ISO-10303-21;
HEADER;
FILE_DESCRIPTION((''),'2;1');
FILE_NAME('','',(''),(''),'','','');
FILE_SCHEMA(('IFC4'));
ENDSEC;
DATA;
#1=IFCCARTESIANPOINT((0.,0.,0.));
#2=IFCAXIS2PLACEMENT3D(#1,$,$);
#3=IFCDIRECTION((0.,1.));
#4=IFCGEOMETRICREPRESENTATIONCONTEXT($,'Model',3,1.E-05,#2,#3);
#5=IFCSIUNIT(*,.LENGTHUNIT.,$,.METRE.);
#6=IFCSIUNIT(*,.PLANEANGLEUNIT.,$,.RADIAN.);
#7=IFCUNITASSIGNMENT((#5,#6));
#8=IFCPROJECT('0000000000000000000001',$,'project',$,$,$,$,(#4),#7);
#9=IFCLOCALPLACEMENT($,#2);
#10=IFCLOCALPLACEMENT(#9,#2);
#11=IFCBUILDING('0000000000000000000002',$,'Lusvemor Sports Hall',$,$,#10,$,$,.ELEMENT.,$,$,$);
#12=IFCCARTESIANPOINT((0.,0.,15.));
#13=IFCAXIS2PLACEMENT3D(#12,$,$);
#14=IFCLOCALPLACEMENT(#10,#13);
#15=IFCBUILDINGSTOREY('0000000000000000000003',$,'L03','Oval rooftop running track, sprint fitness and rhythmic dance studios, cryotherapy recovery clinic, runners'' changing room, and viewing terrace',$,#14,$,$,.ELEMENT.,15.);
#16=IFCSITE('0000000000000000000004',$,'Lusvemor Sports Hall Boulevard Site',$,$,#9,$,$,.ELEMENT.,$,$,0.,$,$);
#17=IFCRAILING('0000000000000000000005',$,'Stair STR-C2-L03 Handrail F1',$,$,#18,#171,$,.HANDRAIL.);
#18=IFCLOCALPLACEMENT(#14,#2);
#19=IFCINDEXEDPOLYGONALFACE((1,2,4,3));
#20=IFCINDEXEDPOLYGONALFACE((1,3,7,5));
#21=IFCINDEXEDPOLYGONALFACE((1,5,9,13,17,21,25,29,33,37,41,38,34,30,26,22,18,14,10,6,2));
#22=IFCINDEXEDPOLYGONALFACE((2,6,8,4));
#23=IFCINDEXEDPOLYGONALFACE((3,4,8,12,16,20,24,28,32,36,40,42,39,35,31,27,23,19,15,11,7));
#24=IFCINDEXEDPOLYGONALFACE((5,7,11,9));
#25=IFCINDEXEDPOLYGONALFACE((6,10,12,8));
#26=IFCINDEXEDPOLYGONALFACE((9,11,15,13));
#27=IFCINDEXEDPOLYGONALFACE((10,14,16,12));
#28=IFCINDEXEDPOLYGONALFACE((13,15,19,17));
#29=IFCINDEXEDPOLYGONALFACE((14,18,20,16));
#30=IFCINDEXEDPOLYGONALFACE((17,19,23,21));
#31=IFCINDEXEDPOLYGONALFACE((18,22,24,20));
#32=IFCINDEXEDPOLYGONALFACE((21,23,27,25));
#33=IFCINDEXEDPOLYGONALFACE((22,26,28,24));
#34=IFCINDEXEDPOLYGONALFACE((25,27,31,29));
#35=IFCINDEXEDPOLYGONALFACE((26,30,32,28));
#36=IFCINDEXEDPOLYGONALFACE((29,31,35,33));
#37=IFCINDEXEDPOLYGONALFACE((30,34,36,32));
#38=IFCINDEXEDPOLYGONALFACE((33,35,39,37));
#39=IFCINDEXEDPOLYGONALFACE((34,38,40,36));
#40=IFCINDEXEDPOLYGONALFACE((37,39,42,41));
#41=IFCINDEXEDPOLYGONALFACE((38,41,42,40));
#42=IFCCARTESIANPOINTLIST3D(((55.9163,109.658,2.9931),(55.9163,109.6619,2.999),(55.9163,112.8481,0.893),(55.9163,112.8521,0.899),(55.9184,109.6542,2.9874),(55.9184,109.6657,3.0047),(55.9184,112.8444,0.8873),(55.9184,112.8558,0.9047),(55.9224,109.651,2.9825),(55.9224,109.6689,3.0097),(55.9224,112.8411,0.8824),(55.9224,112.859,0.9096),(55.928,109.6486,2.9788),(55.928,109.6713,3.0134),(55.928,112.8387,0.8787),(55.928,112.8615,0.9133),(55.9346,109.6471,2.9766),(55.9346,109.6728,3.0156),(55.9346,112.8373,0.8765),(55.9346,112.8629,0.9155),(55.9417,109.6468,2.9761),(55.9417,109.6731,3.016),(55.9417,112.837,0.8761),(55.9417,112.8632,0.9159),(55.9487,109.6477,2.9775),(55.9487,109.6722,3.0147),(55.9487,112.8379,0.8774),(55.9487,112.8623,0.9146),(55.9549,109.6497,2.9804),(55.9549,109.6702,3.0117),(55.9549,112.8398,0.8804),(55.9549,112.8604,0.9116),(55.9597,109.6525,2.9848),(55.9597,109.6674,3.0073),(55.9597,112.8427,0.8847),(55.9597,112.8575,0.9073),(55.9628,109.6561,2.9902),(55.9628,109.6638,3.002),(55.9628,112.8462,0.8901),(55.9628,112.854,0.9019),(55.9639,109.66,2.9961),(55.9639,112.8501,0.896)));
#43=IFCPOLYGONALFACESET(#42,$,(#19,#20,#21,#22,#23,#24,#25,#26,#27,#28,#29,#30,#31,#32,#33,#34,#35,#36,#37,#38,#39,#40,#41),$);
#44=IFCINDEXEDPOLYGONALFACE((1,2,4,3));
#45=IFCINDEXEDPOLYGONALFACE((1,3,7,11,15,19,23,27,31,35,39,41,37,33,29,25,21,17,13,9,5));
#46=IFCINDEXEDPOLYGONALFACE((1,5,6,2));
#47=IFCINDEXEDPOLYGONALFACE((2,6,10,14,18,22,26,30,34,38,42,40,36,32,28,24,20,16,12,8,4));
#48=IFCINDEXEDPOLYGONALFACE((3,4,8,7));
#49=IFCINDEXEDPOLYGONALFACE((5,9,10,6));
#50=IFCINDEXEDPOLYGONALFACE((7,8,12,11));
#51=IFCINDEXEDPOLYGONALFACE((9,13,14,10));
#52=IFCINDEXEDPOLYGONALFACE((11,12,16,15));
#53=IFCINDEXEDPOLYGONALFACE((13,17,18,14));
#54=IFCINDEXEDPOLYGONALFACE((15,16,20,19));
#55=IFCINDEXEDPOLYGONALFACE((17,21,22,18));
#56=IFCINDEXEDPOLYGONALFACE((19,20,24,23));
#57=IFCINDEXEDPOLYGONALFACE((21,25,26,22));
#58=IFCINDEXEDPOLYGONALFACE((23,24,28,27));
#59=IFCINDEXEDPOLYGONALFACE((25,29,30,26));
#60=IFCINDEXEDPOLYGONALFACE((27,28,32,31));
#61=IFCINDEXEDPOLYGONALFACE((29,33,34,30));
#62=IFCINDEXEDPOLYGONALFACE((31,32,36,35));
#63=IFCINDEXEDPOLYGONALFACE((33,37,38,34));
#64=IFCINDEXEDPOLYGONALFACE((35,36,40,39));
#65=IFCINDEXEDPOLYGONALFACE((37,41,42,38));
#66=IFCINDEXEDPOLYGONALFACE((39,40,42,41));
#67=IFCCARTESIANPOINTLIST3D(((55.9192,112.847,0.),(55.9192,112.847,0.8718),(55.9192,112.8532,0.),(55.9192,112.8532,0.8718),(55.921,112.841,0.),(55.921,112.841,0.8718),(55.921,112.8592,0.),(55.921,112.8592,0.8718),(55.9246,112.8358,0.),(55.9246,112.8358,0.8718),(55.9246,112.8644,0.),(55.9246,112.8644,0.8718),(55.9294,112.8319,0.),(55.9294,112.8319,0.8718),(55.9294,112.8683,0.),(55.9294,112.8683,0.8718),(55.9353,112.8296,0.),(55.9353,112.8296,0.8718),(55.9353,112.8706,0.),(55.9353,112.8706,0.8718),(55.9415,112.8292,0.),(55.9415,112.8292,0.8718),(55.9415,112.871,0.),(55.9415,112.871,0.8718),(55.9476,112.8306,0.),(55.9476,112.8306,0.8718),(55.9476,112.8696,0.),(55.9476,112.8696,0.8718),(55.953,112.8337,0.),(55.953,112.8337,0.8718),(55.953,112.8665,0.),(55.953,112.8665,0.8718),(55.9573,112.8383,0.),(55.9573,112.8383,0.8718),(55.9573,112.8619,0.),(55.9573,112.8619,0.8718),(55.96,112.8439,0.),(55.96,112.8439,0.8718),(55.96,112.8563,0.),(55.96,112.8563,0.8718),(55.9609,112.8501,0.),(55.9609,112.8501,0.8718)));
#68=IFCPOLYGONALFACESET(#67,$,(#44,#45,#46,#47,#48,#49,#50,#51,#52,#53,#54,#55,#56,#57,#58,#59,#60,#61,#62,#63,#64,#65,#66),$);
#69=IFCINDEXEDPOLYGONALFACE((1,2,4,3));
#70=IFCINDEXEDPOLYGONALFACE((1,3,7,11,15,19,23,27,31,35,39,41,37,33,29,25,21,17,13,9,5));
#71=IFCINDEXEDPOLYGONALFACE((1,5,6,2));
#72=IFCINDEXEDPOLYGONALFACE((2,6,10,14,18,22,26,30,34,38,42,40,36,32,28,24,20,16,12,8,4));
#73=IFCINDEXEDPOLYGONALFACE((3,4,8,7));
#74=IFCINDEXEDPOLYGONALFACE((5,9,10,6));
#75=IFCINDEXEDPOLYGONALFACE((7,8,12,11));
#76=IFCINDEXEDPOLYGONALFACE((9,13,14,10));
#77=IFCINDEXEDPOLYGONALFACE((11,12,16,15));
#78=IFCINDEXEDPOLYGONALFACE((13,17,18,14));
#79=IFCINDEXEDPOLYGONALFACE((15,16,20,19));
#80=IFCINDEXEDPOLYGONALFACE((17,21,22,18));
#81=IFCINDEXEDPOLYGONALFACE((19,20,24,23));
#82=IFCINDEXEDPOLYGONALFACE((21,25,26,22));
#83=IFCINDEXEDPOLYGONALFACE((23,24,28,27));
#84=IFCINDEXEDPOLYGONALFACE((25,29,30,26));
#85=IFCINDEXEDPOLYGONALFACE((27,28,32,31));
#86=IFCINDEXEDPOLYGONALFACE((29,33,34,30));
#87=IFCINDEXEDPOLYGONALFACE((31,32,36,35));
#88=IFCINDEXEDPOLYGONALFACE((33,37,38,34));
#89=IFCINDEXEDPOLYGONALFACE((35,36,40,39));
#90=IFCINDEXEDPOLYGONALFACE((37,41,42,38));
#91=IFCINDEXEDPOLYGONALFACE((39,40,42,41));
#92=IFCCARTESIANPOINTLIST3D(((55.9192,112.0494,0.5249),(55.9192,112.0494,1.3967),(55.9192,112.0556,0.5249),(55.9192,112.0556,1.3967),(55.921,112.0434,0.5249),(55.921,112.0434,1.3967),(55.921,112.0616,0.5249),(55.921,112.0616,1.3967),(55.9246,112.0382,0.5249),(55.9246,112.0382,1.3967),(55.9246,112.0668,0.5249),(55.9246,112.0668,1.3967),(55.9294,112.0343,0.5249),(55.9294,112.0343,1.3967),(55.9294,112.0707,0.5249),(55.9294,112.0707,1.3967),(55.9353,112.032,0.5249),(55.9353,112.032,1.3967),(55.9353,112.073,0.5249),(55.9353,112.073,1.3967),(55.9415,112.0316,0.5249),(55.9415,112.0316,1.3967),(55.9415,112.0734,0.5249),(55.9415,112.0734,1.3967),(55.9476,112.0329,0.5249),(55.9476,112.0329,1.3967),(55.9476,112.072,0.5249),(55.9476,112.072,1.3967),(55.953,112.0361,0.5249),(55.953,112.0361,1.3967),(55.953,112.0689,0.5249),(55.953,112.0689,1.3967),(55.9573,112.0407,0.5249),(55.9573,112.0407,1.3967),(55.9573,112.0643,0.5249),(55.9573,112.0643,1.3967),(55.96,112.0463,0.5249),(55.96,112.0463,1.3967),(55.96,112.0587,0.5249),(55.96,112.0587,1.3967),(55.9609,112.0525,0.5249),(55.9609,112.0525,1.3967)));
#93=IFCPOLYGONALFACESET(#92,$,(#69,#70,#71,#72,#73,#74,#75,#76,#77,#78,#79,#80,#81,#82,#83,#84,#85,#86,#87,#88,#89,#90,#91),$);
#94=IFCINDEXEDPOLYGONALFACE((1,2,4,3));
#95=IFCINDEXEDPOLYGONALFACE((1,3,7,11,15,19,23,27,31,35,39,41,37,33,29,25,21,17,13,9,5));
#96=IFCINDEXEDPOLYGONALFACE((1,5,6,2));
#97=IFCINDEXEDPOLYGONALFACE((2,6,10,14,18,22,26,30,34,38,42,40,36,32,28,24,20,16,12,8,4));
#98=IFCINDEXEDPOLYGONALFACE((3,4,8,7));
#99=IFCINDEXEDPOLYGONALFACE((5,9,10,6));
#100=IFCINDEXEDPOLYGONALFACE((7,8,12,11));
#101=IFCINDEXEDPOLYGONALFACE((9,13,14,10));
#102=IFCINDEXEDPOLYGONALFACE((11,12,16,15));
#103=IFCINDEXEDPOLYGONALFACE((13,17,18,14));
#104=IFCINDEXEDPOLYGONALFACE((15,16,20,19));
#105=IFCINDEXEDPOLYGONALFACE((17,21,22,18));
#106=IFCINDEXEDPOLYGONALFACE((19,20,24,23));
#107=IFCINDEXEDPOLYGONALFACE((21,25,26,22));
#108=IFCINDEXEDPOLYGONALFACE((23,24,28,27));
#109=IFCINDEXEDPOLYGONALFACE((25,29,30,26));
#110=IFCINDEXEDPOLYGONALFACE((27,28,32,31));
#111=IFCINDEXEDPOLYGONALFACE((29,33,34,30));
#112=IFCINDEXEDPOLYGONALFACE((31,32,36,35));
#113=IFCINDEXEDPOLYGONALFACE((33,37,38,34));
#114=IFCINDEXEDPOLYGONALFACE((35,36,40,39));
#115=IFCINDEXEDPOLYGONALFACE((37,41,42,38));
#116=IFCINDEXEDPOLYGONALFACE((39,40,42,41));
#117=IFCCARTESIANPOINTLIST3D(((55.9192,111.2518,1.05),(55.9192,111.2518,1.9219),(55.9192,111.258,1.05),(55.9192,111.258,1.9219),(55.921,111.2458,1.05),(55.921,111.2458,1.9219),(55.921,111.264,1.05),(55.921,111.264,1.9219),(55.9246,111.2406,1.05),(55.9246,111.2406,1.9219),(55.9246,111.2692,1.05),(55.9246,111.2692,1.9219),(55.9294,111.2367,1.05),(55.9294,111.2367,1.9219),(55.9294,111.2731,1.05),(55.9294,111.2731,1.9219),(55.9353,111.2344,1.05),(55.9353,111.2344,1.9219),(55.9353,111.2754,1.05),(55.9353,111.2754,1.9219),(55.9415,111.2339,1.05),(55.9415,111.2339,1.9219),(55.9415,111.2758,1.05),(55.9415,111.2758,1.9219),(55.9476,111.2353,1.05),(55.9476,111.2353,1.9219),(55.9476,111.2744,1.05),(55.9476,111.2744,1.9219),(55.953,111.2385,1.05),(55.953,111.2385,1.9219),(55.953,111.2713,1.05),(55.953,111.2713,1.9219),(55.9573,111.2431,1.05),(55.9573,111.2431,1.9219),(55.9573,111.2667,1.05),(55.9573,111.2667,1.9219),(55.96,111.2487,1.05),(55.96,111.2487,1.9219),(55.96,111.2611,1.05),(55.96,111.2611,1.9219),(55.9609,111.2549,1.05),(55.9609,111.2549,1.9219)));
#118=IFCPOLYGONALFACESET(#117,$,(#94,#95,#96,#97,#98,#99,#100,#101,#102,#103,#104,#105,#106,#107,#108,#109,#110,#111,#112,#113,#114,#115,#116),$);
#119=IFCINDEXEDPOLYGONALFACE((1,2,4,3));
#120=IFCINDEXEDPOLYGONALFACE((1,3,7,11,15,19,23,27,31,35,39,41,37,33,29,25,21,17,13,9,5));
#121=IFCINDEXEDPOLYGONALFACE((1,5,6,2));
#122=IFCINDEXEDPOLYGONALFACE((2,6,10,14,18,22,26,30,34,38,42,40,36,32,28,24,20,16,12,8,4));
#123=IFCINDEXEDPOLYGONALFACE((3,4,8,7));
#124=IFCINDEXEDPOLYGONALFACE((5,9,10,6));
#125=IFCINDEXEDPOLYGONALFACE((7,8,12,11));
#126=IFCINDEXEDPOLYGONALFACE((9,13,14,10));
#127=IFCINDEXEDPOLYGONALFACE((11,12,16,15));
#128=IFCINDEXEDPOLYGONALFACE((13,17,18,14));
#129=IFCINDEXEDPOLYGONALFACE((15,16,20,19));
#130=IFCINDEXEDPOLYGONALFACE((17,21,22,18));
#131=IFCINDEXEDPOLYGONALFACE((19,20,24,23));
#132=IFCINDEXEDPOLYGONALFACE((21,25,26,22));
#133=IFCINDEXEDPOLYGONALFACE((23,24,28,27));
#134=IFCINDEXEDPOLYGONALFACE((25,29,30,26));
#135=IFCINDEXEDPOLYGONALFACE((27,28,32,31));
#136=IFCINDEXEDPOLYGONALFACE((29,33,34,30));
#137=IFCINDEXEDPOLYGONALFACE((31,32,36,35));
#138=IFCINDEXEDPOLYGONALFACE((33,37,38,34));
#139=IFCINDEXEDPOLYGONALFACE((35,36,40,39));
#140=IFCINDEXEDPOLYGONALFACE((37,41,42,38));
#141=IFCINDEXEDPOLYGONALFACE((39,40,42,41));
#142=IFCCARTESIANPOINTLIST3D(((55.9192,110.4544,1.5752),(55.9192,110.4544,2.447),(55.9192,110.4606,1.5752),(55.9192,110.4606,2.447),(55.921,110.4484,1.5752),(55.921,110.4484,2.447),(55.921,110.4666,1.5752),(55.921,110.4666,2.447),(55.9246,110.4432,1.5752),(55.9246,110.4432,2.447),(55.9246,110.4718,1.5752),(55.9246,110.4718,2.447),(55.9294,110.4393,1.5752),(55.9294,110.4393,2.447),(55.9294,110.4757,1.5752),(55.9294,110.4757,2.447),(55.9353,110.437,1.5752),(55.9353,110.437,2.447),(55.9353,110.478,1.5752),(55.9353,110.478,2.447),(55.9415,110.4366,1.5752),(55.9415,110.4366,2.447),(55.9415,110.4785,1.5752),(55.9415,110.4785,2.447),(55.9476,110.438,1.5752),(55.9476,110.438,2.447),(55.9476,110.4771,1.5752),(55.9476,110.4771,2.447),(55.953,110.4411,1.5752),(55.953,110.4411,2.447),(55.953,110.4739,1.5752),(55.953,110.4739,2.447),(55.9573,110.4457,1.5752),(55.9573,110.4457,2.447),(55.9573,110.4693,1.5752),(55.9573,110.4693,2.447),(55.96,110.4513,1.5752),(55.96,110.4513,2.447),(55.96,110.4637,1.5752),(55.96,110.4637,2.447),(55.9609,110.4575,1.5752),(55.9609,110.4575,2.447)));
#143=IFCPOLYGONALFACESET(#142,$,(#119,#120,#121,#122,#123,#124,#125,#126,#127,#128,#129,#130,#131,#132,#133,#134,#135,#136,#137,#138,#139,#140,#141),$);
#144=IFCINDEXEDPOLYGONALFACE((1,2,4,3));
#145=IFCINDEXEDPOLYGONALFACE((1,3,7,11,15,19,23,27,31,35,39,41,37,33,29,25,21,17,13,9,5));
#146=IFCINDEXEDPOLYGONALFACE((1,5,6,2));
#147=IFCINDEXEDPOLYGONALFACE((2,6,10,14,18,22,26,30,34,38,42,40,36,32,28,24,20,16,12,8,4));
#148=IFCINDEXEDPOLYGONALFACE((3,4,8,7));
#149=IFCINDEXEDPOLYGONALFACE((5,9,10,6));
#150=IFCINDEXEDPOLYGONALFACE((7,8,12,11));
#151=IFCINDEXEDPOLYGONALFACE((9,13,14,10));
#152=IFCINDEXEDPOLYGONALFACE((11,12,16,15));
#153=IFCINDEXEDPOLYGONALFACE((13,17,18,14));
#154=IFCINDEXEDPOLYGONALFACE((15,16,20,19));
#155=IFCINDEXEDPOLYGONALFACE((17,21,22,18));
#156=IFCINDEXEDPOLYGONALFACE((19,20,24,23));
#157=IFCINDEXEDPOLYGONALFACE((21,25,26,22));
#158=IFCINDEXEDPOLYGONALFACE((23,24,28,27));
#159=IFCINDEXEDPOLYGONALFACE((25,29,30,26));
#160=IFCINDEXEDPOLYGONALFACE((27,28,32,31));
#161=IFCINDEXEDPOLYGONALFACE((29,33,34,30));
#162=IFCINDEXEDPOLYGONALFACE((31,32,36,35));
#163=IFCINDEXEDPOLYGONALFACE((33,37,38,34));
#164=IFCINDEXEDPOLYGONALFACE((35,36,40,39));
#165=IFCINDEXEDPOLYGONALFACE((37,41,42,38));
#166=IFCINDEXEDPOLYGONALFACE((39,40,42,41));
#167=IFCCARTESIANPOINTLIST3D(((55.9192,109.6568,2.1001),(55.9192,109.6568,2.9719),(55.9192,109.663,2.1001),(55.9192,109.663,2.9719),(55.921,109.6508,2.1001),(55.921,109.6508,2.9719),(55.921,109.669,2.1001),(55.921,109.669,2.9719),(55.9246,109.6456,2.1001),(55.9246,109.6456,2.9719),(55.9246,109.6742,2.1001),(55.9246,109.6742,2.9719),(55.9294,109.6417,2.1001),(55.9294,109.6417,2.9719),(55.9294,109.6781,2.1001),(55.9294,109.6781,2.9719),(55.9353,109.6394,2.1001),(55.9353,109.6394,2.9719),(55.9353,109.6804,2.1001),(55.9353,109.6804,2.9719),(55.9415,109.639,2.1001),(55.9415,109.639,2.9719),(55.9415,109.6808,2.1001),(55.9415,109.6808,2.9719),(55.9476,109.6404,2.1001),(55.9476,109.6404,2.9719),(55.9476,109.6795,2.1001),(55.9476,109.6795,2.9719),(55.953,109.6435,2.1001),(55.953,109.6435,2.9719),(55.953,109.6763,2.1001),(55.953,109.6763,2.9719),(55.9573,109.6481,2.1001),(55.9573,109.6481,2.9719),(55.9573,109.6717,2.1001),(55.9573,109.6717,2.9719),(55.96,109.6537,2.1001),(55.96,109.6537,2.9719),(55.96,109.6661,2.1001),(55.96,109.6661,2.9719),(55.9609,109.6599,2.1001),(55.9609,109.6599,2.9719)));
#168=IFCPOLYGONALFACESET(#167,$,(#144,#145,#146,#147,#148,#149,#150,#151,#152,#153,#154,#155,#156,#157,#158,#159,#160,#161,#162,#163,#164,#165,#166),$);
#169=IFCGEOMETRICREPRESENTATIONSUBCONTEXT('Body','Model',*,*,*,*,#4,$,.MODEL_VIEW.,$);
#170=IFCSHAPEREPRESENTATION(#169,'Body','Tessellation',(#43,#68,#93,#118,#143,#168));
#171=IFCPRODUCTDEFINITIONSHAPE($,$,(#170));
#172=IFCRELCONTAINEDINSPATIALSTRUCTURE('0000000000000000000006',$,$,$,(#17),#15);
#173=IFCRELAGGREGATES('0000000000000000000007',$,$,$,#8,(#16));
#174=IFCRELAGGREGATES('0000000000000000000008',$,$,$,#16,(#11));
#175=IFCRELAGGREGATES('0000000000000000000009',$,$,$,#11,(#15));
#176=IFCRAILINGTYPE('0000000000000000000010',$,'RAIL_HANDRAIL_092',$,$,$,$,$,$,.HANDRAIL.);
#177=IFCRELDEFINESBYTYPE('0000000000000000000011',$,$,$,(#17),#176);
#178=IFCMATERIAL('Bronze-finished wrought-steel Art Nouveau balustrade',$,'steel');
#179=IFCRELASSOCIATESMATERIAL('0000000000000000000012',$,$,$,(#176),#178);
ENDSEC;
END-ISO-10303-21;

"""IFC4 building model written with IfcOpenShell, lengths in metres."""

from ifc_helpers import new_model, si_unit, direction, frame, origin, origin_2d, place, context, subcontext, project, spatial, circle, extrude, material, type_object, element, save


model = new_model("IFC4")

# Units and contexts
model_context = context("Model", 3, precision=1e-05, world=origin(), true_north=direction((0.0, 1.0)))
body_context = subcontext(model_context, "Body", "Model", "MODEL_VIEW")
ifc_project = project(units=[si_unit("LENGTHUNIT", "METRE"), si_unit("PLANEANGLEUNIT", "RADIAN")], contexts=[model_context])

# Site, building, storey
site_placement = place(None, origin())
site = spatial("IfcSite", under=ifc_project, at=site_placement, Name="Lusvemor Sports Hall Boulevard Site", CompositionType="ELEMENT", RefElevation=0.0)
building_placement = place(site_placement, origin())
building = spatial("IfcBuilding", under=site, at=building_placement, Name="Lusvemor Sports Hall", CompositionType="ELEMENT")
storey_placement = place(building_placement, frame((0.0, 0.0, 15.0)))
storey = spatial("IfcBuildingStorey", under=building, at=storey_placement, Name="L03", Description="Oval rooftop running track, sprint fitness and rhythmic dance studios, cryotherapy recovery clinic, runners' changing room, and viewing terrace", CompositionType="ELEMENT", Elevation=15.0)

# Railing
ifc_material_1 = material(Name="Bronze-finished wrought-steel Art Nouveau balustrade", Category="steel")
railing_type_1 = type_object("IfcRailingType", Name="RAIL_HANDRAIL_092", PredefinedType="HANDRAIL", material=ifc_material_1)
railing_1_placement = place(storey_placement, frame((55.9399, 112.8501, 0.0)))
element("IfcRailing", 1, at=railing_1_placement, inside=storey, type_object=railing_type_1, Name="Stair STR-C2-L03 Handrail F1", PredefinedType="HANDRAIL", context=body_context, shape_type="SweptSolid", body=[
    extrude(circle(Radius=0.0239, at=origin_2d()), frame((0.0, 0.0, 0.896), z_axis=(0.0, -0.835262, 0.549852), x_axis=(1.0, 0.0, 0.0)), (0.0, 0.0, 1.0), 3.8193),
    extrude(circle(Radius=0.021, at=origin_2d()), origin(), (0.0, 0.0, 1.0), 0.8718),
    extrude(circle(Radius=0.021, at=origin_2d()), frame((0.0, -0.7976, 0.5249)), (0.0, 0.0, 1.0), 0.8718),
    extrude(circle(Radius=0.021, at=origin_2d()), frame((0.0, -1.5952, 1.05)), (0.0, 0.0, 1.0), 0.8718),
    extrude(circle(Radius=0.021, at=origin_2d()), frame((0.0, -2.3926, 1.5752)), (0.0, 0.0, 1.0), 0.8718),
    extrude(circle(Radius=0.021, at=origin_2d()), frame((0.0, -3.1902, 2.1001)), (0.0, 0.0, 1.0), 0.8718),
])

save(model, "model.ifc")
